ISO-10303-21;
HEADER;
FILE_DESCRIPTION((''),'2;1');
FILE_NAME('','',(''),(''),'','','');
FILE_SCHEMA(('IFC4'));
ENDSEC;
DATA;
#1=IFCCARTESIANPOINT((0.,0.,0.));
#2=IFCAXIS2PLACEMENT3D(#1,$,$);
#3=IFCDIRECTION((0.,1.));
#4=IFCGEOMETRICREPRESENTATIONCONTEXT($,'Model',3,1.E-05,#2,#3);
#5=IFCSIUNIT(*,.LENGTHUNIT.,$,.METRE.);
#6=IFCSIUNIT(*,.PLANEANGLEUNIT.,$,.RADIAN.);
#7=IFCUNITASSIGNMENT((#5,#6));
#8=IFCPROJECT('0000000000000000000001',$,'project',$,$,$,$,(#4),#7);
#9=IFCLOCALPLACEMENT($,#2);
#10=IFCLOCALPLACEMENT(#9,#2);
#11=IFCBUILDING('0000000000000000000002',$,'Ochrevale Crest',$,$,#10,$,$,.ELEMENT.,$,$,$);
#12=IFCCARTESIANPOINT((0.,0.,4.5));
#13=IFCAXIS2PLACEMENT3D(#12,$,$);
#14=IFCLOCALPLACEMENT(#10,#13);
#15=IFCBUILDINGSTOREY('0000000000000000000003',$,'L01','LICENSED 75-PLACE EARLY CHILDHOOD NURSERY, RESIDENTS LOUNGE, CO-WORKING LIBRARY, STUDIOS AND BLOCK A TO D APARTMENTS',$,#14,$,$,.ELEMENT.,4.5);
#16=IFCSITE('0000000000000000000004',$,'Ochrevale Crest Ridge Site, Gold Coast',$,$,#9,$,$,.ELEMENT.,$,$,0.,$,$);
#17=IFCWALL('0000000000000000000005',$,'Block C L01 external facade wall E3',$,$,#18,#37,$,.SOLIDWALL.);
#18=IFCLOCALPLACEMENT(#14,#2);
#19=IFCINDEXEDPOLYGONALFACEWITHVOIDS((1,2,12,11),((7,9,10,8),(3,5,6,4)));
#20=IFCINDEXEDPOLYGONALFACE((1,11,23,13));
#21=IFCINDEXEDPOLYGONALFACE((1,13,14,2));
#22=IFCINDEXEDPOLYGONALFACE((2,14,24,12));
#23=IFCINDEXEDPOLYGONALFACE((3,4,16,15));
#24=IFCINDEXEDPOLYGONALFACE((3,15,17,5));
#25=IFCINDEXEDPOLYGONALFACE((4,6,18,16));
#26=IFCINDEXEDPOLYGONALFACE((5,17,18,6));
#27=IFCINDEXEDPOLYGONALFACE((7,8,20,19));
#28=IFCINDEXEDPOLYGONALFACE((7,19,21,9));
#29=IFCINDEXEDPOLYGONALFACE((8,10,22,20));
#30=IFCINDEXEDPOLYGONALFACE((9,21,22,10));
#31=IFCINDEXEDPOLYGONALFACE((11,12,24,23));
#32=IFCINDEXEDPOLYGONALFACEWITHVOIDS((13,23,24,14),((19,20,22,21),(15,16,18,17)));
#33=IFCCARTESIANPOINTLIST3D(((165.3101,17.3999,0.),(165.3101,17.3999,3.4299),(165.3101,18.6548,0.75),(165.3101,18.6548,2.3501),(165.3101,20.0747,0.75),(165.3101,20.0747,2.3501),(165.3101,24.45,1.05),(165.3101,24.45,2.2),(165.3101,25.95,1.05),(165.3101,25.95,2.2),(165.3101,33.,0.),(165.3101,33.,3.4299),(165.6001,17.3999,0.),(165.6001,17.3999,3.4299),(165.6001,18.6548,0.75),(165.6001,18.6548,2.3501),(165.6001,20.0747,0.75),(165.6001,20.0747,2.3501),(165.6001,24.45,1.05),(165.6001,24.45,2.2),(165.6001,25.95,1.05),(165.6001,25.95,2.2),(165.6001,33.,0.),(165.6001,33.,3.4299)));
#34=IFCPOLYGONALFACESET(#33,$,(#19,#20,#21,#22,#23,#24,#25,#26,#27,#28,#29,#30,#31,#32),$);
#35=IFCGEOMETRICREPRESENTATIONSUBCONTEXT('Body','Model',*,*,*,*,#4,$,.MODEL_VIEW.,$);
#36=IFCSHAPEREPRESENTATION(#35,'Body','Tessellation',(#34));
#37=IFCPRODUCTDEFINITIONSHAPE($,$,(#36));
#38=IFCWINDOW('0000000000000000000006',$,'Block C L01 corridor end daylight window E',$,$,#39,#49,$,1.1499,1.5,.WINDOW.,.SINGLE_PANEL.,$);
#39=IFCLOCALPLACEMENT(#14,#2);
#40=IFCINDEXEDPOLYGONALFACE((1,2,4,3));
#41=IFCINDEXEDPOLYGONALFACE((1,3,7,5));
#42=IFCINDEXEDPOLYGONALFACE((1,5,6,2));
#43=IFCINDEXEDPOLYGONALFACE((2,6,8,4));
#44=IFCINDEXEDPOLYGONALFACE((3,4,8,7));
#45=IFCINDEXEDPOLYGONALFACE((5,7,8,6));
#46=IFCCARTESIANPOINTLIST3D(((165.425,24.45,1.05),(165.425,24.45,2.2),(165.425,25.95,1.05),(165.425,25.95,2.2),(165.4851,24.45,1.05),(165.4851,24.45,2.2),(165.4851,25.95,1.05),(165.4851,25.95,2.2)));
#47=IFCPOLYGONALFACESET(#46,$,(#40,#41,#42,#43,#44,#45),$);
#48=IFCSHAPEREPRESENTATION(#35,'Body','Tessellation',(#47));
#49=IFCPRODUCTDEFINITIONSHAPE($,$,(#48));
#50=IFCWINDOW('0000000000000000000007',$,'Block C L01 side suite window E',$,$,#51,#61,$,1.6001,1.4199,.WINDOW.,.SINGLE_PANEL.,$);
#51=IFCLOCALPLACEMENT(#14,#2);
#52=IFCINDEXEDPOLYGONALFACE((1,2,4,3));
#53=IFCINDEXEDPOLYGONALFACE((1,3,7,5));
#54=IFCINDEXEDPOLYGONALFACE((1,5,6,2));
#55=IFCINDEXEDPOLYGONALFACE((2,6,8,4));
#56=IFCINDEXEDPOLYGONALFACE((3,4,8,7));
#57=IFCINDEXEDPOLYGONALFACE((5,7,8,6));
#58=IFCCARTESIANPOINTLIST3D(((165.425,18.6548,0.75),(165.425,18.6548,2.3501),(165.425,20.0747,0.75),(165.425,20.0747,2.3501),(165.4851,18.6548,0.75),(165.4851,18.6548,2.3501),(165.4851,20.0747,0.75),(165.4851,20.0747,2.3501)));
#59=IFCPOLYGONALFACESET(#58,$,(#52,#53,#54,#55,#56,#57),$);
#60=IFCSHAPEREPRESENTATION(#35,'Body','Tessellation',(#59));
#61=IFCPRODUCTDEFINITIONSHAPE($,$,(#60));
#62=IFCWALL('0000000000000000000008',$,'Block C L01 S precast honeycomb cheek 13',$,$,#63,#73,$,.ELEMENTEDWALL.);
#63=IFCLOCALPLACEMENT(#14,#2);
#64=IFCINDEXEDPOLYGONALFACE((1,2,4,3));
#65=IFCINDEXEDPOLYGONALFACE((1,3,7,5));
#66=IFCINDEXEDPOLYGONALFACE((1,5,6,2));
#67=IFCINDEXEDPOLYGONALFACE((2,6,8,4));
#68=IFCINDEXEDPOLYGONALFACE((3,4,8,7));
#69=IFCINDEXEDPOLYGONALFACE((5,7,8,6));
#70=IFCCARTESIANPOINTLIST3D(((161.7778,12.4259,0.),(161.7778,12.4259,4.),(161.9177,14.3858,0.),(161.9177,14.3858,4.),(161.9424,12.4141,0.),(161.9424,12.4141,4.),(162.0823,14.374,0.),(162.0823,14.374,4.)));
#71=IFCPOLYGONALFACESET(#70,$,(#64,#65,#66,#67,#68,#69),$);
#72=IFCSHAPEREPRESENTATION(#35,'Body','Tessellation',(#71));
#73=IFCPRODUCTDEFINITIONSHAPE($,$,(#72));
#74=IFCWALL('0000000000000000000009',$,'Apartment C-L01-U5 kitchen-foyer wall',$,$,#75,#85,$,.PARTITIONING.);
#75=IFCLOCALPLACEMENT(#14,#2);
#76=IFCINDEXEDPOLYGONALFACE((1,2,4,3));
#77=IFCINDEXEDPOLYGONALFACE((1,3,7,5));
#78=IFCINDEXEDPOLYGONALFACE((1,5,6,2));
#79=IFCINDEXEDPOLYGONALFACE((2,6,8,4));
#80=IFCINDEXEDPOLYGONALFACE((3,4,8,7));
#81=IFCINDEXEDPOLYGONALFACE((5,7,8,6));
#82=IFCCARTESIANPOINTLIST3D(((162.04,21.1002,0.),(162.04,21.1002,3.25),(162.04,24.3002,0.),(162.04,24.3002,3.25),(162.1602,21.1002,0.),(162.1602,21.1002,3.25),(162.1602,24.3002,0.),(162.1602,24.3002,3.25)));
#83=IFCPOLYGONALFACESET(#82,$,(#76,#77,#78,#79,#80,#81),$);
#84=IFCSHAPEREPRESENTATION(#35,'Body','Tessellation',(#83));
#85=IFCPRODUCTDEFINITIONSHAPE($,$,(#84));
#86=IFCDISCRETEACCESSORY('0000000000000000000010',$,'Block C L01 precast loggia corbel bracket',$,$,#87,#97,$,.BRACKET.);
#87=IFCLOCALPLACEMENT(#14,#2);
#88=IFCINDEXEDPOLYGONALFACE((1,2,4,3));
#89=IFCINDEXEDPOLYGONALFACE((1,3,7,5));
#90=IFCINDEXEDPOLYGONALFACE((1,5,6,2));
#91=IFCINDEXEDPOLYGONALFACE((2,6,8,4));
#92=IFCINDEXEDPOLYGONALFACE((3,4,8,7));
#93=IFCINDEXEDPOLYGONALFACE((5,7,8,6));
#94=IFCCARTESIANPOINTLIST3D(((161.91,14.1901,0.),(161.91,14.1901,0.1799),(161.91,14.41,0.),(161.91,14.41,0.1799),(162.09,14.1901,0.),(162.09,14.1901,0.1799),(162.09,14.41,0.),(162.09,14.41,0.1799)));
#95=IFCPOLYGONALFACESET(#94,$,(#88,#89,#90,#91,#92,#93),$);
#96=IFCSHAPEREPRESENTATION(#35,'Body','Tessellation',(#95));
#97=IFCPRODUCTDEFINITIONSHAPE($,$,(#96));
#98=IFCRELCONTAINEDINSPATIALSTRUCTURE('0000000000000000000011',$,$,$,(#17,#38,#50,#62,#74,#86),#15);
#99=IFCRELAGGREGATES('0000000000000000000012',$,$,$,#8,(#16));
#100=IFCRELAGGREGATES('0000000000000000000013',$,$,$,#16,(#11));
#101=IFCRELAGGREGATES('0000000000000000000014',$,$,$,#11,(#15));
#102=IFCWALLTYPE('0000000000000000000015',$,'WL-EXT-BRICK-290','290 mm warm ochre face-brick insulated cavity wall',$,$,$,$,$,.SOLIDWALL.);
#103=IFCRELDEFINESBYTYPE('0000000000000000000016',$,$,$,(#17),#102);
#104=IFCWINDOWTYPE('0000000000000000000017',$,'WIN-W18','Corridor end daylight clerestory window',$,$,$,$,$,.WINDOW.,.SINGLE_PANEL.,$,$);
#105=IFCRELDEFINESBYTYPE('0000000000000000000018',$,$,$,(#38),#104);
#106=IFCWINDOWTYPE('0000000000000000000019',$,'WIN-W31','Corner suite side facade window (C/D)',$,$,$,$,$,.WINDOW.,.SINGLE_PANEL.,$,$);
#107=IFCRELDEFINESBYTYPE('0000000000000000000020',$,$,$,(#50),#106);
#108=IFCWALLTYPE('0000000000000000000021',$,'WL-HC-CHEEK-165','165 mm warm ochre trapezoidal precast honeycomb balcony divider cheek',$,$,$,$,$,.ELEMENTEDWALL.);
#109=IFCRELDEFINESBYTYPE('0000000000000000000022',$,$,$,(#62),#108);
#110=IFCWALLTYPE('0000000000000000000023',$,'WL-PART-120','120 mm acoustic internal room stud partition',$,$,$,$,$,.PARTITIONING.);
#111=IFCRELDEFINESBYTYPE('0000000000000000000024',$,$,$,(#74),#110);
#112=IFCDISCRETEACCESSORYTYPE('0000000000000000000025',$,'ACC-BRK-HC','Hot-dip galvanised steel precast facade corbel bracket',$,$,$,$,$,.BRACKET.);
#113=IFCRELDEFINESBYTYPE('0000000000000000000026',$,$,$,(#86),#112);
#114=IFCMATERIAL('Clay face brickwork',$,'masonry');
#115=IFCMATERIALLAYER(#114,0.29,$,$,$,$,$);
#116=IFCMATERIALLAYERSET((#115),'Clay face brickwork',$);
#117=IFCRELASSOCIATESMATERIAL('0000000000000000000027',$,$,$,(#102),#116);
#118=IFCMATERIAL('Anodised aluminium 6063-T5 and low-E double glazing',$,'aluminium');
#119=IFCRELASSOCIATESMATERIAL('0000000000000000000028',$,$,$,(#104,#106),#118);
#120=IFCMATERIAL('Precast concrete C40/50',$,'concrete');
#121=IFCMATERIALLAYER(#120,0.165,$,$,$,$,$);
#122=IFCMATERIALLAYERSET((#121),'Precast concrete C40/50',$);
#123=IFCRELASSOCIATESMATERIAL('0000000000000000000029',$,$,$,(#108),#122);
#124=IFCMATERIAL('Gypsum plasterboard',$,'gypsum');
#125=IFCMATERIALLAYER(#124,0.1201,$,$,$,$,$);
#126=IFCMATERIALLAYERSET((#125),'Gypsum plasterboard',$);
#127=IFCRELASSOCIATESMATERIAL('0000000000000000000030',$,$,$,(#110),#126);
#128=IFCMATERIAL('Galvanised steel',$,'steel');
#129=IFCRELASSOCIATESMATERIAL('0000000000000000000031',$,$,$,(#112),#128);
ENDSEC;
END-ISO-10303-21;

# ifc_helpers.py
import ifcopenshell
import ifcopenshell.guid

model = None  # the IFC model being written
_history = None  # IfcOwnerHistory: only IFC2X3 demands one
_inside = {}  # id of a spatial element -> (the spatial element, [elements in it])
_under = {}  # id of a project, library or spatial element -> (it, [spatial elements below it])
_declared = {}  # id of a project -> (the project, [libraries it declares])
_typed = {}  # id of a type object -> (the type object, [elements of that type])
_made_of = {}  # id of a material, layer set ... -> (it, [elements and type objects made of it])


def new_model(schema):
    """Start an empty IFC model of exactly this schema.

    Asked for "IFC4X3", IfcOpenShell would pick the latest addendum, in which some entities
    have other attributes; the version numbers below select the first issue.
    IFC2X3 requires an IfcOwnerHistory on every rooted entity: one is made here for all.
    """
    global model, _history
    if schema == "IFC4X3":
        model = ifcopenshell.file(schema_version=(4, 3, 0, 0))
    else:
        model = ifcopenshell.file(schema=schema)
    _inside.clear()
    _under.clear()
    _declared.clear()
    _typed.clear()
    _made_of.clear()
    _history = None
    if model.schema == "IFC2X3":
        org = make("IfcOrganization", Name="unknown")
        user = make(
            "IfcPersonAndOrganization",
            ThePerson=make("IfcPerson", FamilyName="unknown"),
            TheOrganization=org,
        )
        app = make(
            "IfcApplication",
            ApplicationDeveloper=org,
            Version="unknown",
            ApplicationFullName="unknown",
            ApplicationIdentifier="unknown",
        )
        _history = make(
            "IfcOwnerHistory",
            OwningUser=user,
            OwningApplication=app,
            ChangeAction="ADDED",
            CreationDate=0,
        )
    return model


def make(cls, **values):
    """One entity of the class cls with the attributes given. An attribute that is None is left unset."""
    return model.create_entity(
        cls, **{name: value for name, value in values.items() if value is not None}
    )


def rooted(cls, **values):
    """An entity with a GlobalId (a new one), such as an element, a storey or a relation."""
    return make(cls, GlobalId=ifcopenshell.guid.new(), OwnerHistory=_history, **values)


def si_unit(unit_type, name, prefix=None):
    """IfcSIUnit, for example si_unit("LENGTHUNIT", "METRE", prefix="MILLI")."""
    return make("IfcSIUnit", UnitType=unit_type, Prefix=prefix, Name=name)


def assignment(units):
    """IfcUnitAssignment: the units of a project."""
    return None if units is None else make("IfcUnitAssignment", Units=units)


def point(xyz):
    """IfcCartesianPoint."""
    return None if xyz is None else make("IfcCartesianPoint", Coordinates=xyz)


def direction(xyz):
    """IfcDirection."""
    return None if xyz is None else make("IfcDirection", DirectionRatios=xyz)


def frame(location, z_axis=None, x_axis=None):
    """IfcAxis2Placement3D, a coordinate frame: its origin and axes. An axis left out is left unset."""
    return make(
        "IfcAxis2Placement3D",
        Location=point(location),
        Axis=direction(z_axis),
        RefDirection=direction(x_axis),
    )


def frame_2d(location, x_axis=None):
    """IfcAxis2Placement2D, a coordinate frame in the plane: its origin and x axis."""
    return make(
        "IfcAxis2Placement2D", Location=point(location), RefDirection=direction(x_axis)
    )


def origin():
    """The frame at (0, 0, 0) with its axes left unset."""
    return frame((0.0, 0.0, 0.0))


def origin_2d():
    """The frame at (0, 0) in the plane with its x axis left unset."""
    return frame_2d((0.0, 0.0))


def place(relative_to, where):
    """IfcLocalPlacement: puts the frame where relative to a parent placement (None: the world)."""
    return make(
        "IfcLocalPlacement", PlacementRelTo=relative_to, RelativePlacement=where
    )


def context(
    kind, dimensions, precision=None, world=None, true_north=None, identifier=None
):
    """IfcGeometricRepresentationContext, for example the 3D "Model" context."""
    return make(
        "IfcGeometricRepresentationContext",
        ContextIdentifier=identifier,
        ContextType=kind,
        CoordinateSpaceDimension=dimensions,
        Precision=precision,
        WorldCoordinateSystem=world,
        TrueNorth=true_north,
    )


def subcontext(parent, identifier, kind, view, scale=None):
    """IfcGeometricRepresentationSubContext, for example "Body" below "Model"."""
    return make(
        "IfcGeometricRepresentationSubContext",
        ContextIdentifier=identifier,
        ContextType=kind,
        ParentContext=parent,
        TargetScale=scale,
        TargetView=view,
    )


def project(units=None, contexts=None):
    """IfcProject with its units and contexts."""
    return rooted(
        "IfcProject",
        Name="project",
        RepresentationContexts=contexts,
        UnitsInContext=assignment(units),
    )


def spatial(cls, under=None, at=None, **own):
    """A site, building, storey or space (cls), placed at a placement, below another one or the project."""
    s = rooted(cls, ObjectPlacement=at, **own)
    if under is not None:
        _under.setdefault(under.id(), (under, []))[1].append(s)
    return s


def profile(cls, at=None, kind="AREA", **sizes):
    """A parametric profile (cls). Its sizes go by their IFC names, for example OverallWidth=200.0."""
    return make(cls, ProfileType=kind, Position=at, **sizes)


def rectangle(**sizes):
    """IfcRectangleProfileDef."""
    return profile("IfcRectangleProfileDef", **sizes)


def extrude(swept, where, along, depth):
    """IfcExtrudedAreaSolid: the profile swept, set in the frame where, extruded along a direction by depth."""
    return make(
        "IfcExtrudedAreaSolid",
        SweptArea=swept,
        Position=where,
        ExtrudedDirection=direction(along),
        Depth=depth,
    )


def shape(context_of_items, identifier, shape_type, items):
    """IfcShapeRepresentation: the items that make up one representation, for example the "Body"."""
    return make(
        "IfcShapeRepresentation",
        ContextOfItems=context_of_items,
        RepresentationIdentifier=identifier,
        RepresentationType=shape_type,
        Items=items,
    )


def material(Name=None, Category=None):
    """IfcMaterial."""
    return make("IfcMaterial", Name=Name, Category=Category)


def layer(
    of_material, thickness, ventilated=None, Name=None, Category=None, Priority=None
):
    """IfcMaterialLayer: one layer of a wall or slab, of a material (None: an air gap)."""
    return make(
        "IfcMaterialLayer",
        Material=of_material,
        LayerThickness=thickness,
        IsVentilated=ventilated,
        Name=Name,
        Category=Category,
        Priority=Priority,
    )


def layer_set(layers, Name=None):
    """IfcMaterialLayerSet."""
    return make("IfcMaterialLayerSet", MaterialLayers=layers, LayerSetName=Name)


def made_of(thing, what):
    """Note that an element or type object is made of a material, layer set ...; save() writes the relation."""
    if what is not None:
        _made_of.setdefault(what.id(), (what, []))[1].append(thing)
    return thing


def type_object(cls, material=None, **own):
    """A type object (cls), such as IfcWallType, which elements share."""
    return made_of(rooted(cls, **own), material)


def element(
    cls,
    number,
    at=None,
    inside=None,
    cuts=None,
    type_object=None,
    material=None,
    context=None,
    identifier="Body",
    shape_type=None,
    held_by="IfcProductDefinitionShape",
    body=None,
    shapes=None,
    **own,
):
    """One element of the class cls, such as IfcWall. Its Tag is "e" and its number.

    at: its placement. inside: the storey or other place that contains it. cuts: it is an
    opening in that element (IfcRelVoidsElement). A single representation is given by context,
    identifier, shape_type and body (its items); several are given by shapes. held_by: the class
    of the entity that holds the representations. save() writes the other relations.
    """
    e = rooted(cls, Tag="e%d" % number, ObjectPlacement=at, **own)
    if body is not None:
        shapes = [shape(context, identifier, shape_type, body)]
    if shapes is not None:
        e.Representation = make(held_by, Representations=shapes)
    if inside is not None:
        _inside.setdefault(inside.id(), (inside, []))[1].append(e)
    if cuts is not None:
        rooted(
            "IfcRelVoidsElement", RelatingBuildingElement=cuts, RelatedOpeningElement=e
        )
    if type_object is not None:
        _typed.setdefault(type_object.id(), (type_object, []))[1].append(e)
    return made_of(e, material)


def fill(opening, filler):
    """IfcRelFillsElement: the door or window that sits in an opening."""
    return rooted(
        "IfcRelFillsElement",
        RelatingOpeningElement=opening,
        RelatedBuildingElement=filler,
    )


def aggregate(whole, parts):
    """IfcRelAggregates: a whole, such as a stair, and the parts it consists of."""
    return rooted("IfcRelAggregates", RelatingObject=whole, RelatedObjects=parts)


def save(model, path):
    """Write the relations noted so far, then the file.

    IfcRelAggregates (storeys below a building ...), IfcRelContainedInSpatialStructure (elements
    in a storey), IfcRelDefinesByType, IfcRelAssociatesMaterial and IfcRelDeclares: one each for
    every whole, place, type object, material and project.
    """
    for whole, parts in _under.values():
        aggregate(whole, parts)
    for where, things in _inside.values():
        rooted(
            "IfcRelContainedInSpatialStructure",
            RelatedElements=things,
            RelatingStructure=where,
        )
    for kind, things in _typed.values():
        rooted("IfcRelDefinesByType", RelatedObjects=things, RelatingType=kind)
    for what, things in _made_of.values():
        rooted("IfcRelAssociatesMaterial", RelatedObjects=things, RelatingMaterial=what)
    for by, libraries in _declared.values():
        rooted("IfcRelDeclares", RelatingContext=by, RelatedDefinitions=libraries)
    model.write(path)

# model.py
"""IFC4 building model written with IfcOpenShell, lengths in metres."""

from ifc_helpers import new_model, si_unit, direction, frame, frame_2d, origin, origin_2d, place, context, subcontext, project, spatial, rectangle, extrude, material, layer, layer_set, type_object, element, fill, save


model = new_model("IFC4")

# Units and contexts
model_context = context("Model", 3, precision=1e-05, world=origin(), true_north=direction((0.0, 1.0)))
body_context = subcontext(model_context, "Body", "Model", "MODEL_VIEW")
ifc_project = project(units=[si_unit("LENGTHUNIT", "METRE"), si_unit("PLANEANGLEUNIT", "RADIAN")], contexts=[model_context])

# Site, building, storey
site_placement = place(None, origin())
site = spatial("IfcSite", under=ifc_project, at=site_placement, Name="Ochrevale Crest Ridge Site, Gold Coast", CompositionType="ELEMENT", RefElevation=0.0)
building_placement = place(site_placement, origin())
building = spatial("IfcBuilding", under=site, at=building_placement, Name="Ochrevale Crest", CompositionType="ELEMENT")
storey_placement = place(building_placement, frame((0.0, 0.0, 4.5)))
storey = spatial("IfcBuildingStorey", under=building, at=storey_placement, Name="L01", Description="LICENSED 75-PLACE EARLY CHILDHOOD NURSERY, RESIDENTS LOUNGE, CO-WORKING LIBRARY, STUDIOS AND BLOCK A TO D APARTMENTS", CompositionType="ELEMENT", Elevation=4.5)

# Shared definitions
ifc_material_1 = material(Name="Precast concrete C40/50", Category="concrete")

# Wall, openings, windows
ifc_material_2 = material(Name="Clay face brickwork", Category="masonry")
ifc_layer_1 = layer(ifc_material_2, 0.29)
ifc_layer_set_1 = layer_set([ifc_layer_1], Name="Clay face brickwork")
wall_type_1 = type_object("IfcWallType", Name="WL-EXT-BRICK-290", Description="290 mm warm ochre face-brick insulated cavity wall", PredefinedType="SOLIDWALL", material=ifc_layer_set_1)
wall_1_placement = place(storey_placement, frame((165.4551, 17.3999, 0.0), z_axis=(0.0, 0.0, 1.0), x_axis=(0.0, 1.0, 0.0)))
wall_1 = element("IfcWall", 1, at=wall_1_placement, inside=storey, type_object=wall_type_1, Name="Block C L01 external facade wall E3", PredefinedType="SOLIDWALL", context=body_context, shape_type="SweptSolid", body=[
    extrude(rectangle(XDim=15.6001, YDim=0.29, at=frame_2d((7.8, 0.0))), origin(), (0.0, 0.0, 1.0), 3.4299),
])
opening_1_placement = place(wall_1_placement, frame((7.05, 0.0, 1.05)))
opening_1 = element("IfcOpeningElement", 2, at=opening_1_placement, cuts=wall_1, PredefinedType="OPENING", context=body_context, shape_type="SweptSolid", body=[
    extrude(rectangle(XDim=1.5, YDim=1.1499, at=frame_2d((0.75, 0.575))), frame((0.0, 0.155, 0.0), z_axis=(0.0, -1.0, 0.0), x_axis=(1.0, 0.0, 0.0)), (0.0, 0.0, 1.0), 0.3101),
])
opening_2_placement = place(wall_1_placement, frame((1.2549, 0.0, 0.75)))
opening_2 = element("IfcOpeningElement", 3, at=opening_2_placement, cuts=wall_1, PredefinedType="OPENING", context=body_context, shape_type="SweptSolid", body=[
    extrude(rectangle(XDim=1.4199, YDim=1.6001, at=frame_2d((0.71, 0.8))), frame((0.0, 0.155, 0.0), z_axis=(0.0, -1.0, 0.0), x_axis=(1.0, 0.0, 0.0)), (0.0, 0.0, 1.0), 0.3101),
])
ifc_material_3 = material(Name="Anodised aluminium 6063-T5 and low-E double glazing", Category="aluminium")
window_type_1 = type_object("IfcWindowType", Name="WIN-W18", Description="Corridor end daylight clerestory window", PartitioningType="SINGLE_PANEL", PredefinedType="WINDOW", material=ifc_material_3)
window_1_placement = place(opening_1_placement, origin())
window_1 = element("IfcWindow", 4, at=window_1_placement, inside=storey, type_object=window_type_1, Name="Block C L01 corridor end daylight window E", OverallHeight=1.1499, OverallWidth=1.5, PartitioningType="SINGLE_PANEL", PredefinedType="WINDOW", context=body_context, shape_type="SweptSolid", body=[
    extrude(rectangle(XDim=1.5, YDim=1.1499, at=frame_2d((0.75, 0.575))), frame((0.0, 0.03, 0.0), z_axis=(0.0, -1.0, 0.0), x_axis=(1.0, 0.0, 0.0)), (0.0, 0.0, 1.0), 0.0601),
])
fill(opening_1, window_1)
window_type_2 = type_object("IfcWindowType", Name="WIN-W31", Description="Corner suite side facade window (C/D)", PartitioningType="SINGLE_PANEL", PredefinedType="WINDOW", material=ifc_material_3)
window_2_placement = place(opening_2_placement, origin())
window_2 = element("IfcWindow", 5, at=window_2_placement, inside=storey, type_object=window_type_2, Name="Block C L01 side suite window E", OverallHeight=1.6001, OverallWidth=1.4199, PartitioningType="SINGLE_PANEL", PredefinedType="WINDOW", context=body_context, shape_type="SweptSolid", body=[
    extrude(rectangle(XDim=1.4199, YDim=1.6001, at=frame_2d((0.71, 0.8))), frame((0.0, 0.03, 0.0), z_axis=(0.0, -1.0, 0.0), x_axis=(1.0, 0.0, 0.0)), (0.0, 0.0, 1.0), 0.0601),
])
fill(opening_2, window_2)

# Walls
ifc_layer_2 = layer(ifc_material_1, 0.165)
ifc_layer_set_2 = layer_set([ifc_layer_2], Name="Precast concrete C40/50")
wall_type_2 = type_object("IfcWallType", Name="WL-HC-CHEEK-165", Description="165 mm warm ochre trapezoidal precast honeycomb balcony divider cheek", PredefinedType="ELEMENTEDWALL", material=ifc_layer_set_2)
wall_2_placement = place(storey_placement, frame((162.0, 14.3799, 0.0), z_axis=(0.0, 0.0, 1.0), x_axis=(-0.071194, -0.997462, 0.0)))
element("IfcWall", 6, at=wall_2_placement, inside=storey, type_object=wall_type_2, Name="Block C L01 S precast honeycomb cheek 13", PredefinedType="ELEMENTEDWALL", context=body_context, shape_type="SweptSolid", body=[
    extrude(rectangle(XDim=1.9648, YDim=0.165, at=frame_2d((0.9824, 0.0))), origin(), (0.0, 0.0, 1.0), 4.0),
])
ifc_material_4 = material(Name="Gypsum plasterboard", Category="gypsum")
ifc_layer_3 = layer(ifc_material_4, 0.1201)
ifc_layer_set_3 = layer_set([ifc_layer_3], Name="Gypsum plasterboard")
wall_type_3 = type_object("IfcWallType", Name="WL-PART-120", Description="120 mm acoustic internal room stud partition", PredefinedType="PARTITIONING", material=ifc_layer_set_3)
wall_3_placement = place(storey_placement, frame((162.1001, 21.1001, 0.0), z_axis=(0.0, 0.0, 1.0), x_axis=(0.0, 1.0, 0.0)))
element("IfcWall", 7, at=wall_3_placement, inside=storey, type_object=wall_type_3, Name="Apartment C-L01-U5 kitchen-foyer wall", PredefinedType="PARTITIONING", context=body_context, shape_type="SweptSolid", body=[
    extrude(rectangle(XDim=3.2, YDim=0.1201, at=frame_2d((1.6001, 0.0))), origin(), (0.0, 0.0, 1.0), 3.25),
])

# Discrete accessory
ifc_material_5 = material(Name="Galvanised steel", Category="steel")
discrete_accessory_type = type_object("IfcDiscreteAccessoryType", Name="ACC-BRK-HC", Description="Hot-dip galvanised steel precast facade corbel bracket", PredefinedType="BRACKET", material=ifc_material_5)
discrete_accessory_placement = place(storey_placement, frame((162.0, 14.3, 0.0), z_axis=(0.0, 0.0, 1.0), x_axis=(1.0, 0.0, 0.0)))
element("IfcDiscreteAccessory", 8, at=discrete_accessory_placement, inside=storey, type_object=discrete_accessory_type, Name="Block C L01 precast loggia corbel bracket", PredefinedType="BRACKET", context=body_context, shape_type="SweptSolid", body=[
    extrude(rectangle(XDim=0.1799, YDim=0.22, at=origin_2d()), origin(), (0.0, 0.0, 1.0), 0.1799),
])

save(model, "model.ifc")
